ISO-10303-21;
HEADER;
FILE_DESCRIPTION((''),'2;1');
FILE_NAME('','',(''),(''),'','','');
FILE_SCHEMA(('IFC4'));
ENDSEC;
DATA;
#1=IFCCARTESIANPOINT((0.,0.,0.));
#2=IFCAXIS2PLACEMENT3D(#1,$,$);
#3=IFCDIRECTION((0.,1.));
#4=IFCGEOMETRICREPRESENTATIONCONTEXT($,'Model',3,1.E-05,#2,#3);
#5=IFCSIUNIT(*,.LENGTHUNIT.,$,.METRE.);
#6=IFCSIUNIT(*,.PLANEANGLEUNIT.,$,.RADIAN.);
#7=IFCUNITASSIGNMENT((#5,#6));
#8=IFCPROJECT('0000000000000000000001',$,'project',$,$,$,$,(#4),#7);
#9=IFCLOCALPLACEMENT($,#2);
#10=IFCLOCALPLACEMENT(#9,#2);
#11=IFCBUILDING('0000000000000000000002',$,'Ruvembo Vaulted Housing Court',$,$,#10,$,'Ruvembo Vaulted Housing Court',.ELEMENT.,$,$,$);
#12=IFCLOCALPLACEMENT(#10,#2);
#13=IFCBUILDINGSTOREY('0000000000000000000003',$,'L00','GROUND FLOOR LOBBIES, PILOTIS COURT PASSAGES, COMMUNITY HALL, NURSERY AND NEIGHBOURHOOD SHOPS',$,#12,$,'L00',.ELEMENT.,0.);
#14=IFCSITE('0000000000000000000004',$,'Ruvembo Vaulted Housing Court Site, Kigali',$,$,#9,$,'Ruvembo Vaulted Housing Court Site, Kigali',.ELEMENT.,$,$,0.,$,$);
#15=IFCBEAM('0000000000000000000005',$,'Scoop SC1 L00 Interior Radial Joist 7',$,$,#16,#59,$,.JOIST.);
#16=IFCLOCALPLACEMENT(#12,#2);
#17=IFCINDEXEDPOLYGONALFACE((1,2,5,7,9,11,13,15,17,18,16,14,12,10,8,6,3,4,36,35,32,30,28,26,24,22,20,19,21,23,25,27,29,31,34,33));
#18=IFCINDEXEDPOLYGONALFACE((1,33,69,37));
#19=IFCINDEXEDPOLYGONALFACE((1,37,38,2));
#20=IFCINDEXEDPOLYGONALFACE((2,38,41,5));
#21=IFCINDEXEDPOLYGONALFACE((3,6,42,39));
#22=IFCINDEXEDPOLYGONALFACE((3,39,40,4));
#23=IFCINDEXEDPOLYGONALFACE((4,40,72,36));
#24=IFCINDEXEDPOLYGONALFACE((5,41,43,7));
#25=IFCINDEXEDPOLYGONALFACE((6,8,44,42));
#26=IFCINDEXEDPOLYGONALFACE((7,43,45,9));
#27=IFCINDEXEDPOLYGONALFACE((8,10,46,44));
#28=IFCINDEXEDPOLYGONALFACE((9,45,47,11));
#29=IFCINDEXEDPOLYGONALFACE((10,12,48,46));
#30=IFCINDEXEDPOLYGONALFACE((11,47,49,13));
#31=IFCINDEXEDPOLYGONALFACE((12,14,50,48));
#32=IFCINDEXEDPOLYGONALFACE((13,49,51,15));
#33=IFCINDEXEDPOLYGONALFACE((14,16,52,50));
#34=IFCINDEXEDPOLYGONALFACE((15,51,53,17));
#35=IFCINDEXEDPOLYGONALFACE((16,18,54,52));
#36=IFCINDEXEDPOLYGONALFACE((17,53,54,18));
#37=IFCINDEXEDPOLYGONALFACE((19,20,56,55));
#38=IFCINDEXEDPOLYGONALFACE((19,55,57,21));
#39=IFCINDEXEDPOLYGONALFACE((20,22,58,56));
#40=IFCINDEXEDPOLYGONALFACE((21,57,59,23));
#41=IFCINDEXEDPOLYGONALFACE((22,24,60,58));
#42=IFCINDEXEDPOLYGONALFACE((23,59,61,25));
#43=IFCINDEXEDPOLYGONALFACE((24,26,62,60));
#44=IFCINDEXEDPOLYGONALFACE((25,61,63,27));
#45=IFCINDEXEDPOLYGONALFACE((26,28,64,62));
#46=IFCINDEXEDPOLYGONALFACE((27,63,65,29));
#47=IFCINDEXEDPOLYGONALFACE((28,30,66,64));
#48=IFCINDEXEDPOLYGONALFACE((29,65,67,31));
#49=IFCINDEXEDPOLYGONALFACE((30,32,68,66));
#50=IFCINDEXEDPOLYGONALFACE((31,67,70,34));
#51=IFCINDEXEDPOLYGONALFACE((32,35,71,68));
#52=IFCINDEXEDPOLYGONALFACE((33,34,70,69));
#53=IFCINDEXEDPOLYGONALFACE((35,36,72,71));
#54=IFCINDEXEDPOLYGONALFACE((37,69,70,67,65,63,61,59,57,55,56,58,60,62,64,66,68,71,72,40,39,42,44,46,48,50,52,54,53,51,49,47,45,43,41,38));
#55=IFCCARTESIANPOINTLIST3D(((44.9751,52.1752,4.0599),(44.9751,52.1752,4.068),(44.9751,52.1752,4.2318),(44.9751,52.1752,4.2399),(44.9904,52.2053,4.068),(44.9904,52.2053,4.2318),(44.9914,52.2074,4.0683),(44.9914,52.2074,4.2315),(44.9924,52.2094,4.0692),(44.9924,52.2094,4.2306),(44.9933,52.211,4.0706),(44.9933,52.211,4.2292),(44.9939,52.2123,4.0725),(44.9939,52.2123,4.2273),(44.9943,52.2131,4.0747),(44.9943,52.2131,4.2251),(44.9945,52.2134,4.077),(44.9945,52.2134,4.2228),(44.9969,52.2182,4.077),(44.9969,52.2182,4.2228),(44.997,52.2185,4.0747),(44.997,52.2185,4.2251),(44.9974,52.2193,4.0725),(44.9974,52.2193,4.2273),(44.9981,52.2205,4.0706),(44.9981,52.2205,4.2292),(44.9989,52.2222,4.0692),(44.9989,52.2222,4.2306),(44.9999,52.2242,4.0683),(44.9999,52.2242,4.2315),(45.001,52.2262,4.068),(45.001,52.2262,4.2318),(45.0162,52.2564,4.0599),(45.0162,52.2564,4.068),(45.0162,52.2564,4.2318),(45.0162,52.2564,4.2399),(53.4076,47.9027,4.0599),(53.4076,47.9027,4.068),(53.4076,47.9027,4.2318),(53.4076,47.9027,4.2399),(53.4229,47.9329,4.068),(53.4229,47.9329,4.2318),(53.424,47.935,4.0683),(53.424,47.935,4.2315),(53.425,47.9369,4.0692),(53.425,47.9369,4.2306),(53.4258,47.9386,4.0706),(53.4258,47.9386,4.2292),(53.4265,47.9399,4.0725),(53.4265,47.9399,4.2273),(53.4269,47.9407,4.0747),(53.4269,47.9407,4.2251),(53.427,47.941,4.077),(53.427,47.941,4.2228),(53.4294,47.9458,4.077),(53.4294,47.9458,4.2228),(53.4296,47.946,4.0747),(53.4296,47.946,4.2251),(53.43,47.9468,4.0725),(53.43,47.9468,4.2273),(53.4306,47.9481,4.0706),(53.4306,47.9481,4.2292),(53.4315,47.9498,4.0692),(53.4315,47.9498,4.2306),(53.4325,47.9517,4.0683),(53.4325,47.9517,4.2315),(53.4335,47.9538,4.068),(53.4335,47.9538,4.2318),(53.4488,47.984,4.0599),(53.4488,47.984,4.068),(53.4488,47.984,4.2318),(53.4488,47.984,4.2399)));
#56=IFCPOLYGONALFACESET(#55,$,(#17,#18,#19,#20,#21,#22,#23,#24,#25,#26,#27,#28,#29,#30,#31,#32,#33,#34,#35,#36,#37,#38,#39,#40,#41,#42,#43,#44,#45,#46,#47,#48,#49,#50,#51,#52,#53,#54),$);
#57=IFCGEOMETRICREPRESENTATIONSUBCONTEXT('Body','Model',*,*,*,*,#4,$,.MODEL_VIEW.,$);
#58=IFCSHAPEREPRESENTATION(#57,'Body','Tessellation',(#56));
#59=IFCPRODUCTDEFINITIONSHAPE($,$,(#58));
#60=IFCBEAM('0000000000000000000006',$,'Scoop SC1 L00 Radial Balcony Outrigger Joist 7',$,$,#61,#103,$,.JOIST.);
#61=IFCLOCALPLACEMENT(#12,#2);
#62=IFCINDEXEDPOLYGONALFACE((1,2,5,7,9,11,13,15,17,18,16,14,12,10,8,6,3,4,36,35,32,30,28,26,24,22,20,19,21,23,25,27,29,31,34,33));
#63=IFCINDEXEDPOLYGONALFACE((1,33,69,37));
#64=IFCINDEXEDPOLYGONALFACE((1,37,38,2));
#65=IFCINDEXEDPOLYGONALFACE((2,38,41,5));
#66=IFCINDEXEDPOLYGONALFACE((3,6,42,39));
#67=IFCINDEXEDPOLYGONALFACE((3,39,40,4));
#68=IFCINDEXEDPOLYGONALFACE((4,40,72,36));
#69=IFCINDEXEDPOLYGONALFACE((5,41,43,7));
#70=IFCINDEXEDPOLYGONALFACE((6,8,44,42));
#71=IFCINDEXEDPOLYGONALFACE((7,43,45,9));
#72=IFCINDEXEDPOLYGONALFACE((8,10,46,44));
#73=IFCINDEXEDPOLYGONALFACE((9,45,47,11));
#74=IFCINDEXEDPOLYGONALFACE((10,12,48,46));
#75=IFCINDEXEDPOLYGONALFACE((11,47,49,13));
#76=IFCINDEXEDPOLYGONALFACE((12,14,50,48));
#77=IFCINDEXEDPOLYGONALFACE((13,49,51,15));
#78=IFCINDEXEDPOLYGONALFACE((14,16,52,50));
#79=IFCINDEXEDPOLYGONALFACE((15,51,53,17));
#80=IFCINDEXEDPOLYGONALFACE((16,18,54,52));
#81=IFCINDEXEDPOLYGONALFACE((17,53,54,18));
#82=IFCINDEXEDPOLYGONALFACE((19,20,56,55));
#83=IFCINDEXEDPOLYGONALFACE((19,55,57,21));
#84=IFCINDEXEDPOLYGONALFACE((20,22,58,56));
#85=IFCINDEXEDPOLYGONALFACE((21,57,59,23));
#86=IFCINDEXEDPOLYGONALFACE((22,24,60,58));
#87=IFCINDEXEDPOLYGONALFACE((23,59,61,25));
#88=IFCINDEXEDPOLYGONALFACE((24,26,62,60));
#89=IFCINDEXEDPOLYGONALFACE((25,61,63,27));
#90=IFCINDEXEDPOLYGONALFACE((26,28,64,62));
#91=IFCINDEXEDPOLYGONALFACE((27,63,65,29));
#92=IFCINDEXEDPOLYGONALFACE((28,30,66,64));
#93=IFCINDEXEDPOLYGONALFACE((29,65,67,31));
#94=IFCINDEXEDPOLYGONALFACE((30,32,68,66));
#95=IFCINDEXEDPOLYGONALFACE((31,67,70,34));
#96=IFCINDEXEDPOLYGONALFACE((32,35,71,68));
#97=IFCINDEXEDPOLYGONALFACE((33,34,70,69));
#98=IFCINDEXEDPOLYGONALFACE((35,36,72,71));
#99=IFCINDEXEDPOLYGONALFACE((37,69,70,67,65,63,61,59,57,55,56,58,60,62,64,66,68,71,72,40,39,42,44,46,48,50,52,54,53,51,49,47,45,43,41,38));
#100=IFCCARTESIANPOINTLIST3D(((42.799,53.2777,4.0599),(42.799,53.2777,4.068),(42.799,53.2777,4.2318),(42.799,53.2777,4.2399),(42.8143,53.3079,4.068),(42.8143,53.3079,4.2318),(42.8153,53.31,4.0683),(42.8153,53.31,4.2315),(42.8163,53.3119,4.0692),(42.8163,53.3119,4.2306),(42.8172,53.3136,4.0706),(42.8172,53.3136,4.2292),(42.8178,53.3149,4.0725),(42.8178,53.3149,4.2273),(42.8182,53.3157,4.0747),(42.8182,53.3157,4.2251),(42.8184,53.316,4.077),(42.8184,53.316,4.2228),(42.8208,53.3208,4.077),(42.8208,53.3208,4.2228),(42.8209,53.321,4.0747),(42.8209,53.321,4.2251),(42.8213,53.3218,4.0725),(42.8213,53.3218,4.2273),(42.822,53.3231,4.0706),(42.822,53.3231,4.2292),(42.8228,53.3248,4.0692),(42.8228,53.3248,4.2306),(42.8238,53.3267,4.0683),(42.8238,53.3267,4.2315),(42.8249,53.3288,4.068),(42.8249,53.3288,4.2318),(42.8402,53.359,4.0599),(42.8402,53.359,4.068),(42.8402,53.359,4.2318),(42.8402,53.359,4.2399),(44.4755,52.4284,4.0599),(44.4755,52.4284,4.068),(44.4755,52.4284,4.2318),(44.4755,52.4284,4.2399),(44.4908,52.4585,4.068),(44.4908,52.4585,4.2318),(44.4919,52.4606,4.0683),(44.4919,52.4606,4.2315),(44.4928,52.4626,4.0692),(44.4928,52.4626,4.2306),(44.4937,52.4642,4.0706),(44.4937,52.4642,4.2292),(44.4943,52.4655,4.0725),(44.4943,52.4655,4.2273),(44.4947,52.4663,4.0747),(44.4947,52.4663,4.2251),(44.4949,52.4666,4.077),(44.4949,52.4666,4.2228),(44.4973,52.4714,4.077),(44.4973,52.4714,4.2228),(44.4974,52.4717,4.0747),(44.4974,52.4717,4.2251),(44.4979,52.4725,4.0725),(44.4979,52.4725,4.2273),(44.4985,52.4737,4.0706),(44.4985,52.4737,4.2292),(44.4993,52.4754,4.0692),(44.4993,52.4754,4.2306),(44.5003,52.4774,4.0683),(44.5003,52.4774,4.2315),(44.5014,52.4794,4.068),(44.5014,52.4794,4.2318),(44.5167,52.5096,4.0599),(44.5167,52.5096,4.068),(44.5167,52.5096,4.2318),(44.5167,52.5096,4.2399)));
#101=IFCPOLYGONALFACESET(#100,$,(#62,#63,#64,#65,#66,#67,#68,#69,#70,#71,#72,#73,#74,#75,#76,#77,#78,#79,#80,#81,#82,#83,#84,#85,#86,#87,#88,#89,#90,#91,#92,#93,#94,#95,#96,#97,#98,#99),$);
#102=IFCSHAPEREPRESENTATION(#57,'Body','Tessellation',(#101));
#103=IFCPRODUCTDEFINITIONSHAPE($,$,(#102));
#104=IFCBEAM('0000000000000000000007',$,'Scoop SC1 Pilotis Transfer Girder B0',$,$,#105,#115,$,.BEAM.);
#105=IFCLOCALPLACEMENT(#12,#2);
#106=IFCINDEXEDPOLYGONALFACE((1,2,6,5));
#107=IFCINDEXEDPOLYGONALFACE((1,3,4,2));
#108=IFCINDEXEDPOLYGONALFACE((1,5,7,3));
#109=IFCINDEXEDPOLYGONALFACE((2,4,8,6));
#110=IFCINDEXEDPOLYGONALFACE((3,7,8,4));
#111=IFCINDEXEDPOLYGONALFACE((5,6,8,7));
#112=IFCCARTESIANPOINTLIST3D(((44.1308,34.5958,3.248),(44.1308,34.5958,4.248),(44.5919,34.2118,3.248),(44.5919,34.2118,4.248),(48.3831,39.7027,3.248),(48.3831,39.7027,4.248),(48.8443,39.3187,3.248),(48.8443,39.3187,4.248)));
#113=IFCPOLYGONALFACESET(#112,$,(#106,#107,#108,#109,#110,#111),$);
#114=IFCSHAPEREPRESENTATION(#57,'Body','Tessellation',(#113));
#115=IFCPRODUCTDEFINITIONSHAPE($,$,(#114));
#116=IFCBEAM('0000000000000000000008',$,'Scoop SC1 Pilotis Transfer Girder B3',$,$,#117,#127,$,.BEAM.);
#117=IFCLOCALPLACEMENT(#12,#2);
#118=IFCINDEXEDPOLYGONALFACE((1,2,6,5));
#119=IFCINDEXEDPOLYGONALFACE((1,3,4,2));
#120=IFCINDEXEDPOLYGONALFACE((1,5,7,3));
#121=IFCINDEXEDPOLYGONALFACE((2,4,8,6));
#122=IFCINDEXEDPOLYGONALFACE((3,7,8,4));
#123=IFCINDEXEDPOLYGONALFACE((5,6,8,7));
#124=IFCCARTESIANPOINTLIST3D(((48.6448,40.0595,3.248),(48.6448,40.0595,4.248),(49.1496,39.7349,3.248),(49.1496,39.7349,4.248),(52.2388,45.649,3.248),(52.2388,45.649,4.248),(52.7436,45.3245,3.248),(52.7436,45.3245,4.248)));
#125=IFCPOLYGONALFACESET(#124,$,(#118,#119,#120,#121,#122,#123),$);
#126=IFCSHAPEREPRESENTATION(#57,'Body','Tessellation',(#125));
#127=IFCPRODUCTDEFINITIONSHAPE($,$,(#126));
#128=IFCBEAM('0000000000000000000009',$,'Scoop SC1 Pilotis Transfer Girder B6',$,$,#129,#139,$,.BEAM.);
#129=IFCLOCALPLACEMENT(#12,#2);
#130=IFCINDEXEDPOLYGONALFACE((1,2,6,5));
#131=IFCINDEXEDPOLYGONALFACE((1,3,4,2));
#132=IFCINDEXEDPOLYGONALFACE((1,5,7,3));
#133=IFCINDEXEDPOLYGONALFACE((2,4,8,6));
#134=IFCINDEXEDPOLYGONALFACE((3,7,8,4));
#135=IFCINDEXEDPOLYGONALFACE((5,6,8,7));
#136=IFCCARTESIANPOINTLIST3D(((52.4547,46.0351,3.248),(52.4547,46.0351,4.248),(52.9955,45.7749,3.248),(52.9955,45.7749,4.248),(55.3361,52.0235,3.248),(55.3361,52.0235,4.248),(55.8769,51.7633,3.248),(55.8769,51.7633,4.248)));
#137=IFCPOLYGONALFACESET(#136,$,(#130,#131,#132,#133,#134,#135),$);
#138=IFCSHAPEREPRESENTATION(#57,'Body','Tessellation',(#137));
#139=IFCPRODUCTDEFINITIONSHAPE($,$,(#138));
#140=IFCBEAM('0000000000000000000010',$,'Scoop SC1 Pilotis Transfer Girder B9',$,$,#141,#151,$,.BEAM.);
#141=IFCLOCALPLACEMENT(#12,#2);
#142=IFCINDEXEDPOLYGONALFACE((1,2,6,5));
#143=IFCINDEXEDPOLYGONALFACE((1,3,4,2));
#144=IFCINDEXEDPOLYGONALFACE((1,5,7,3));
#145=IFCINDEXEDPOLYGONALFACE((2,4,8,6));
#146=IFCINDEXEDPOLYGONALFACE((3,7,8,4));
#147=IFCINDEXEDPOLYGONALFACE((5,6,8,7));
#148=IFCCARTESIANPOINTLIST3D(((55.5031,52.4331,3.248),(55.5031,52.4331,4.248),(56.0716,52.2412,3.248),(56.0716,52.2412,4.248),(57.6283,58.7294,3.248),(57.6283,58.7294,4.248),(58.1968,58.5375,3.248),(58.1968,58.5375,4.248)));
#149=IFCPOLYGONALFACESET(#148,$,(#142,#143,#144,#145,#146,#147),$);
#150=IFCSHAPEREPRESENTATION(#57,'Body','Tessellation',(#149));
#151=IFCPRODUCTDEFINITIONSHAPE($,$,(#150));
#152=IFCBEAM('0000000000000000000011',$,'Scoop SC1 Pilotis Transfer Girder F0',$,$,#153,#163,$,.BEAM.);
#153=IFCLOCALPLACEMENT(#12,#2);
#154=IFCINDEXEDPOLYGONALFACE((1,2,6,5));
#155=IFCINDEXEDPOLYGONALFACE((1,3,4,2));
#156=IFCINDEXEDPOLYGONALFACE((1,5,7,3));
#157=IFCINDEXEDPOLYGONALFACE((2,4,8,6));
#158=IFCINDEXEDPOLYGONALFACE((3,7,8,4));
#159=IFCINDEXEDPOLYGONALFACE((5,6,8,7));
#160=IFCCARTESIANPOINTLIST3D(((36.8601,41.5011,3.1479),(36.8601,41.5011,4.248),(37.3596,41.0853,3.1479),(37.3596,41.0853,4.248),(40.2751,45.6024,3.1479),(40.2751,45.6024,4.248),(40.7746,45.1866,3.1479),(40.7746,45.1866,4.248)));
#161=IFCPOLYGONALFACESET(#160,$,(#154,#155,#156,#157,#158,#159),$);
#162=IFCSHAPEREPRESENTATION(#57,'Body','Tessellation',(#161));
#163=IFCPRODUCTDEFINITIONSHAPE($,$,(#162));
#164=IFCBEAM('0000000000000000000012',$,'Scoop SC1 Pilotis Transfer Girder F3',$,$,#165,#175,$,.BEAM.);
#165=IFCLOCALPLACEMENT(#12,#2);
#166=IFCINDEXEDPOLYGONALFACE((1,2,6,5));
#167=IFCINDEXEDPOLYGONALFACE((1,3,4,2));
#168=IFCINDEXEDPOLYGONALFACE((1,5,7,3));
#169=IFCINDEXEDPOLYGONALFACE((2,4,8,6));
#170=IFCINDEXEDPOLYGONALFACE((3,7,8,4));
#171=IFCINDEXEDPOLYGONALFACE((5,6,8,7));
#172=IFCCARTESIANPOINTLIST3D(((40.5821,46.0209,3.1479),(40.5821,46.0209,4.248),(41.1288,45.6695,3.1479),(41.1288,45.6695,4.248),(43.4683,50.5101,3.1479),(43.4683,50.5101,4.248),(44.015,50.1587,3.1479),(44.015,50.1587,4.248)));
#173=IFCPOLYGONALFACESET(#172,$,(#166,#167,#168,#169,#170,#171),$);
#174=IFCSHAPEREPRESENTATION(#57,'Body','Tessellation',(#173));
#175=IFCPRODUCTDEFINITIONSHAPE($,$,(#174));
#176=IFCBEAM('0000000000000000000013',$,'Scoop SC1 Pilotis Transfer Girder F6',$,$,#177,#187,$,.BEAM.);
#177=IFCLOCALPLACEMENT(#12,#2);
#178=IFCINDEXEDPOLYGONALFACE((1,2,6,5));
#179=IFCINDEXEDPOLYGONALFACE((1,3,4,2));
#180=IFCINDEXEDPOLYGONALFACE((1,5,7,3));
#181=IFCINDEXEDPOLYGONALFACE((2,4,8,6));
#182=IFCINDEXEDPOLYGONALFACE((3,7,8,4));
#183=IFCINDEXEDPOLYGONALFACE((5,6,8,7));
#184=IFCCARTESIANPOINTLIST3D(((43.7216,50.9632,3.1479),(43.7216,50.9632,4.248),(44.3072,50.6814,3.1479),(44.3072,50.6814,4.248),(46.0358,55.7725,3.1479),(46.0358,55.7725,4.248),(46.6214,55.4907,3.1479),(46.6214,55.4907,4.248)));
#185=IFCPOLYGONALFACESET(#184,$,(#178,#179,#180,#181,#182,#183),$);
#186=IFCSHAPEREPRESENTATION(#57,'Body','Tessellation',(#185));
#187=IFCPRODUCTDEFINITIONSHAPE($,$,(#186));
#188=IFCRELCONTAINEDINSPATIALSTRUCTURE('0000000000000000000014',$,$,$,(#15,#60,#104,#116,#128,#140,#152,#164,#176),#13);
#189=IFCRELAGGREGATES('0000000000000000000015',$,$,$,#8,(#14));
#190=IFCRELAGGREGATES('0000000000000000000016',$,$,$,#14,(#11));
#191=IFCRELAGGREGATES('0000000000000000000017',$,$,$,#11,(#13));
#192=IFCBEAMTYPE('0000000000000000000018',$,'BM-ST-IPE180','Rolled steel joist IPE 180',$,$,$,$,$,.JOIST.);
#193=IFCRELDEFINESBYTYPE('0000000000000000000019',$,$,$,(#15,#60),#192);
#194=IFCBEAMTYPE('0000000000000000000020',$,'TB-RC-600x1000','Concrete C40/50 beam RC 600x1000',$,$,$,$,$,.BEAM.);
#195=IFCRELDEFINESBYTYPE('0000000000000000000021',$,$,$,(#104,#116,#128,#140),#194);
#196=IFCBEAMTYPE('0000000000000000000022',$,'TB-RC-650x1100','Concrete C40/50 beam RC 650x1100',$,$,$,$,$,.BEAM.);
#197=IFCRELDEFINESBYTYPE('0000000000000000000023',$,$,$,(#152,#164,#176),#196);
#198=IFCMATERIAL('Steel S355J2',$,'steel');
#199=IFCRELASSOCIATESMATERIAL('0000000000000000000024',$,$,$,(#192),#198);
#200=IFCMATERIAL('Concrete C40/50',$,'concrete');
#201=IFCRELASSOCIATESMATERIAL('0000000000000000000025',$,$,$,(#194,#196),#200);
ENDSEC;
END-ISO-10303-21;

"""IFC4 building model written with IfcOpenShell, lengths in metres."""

from ifc_helpers import new_model, si_unit, direction, frame, origin, origin_2d, place, context, subcontext, project, spatial, rectangle, i_section, extrude, material, material_profile, profile_set, type_object, element, save


model = new_model("IFC4")

# Units and contexts
model_context = context("Model", 3, precision=1e-05, world=origin(), true_north=direction((0.0, 1.0)))
body_context = subcontext(model_context, "Body", "Model", "MODEL_VIEW")
ifc_project = project(units=[si_unit("LENGTHUNIT", "METRE"), si_unit("PLANEANGLEUNIT", "RADIAN")], contexts=[model_context])

# Site, building, storey
site_placement = place(None, origin())
site = spatial("IfcSite", under=ifc_project, at=site_placement, Name="Ruvembo Vaulted Housing Court Site, Kigali", LongName="Ruvembo Vaulted Housing Court Site, Kigali", CompositionType="ELEMENT", RefElevation=0.0)
building_placement = place(site_placement, origin())
building = spatial("IfcBuilding", under=site, at=building_placement, Name="Ruvembo Vaulted Housing Court", LongName="Ruvembo Vaulted Housing Court", CompositionType="ELEMENT")
storey_placement = place(building_placement, origin())
storey = spatial("IfcBuildingStorey", under=building, at=storey_placement, Name="L00", Description="GROUND FLOOR LOBBIES, PILOTIS COURT PASSAGES, COMMUNITY HALL, NURSERY AND NEIGHBOURHOOD SHOPS", LongName="L00", CompositionType="ELEMENT", Elevation=0.0)

# Shared definitions
ifc_material_1 = material(Name="Concrete C40/50", Category="concrete")

# Beams
ifc_material_2 = material(Name="Steel S355J2", Category="steel")
ifc_material_profile_1 = material_profile(ifc_material_2, i_section(OverallWidth=0.0911, OverallDepth=0.1799, WebThickness=0.0054, FlangeThickness=0.0081, FilletRadius=0.009, at=origin_2d()), Name="IPE 180")
ifc_profile_set_1 = profile_set([ifc_material_profile_1], Name="Steel S355J2")
beam_type_1 = type_object("IfcBeamType", Name="BM-ST-IPE180", Description="Rolled steel joist IPE 180", PredefinedType="JOIST", material=ifc_profile_set_1)
beam_1_placement = place(storey_placement, frame((53.4282, 47.9434, 4.1499), z_axis=(-0.892039, 0.451959, 0.0), x_axis=(-0.451959, -0.892039, 0.0)))
element("IfcBeam", 1, at=beam_1_placement, inside=storey, type_object=beam_type_1, Name="Scoop SC1 L00 Interior Radial Joist 7", PredefinedType="JOIST", context=body_context, shape_type="SweptSolid", body=[
    extrude(i_section(OverallWidth=0.0911, OverallDepth=0.1799, WebThickness=0.0054, FlangeThickness=0.0081, FilletRadius=0.009, at=origin_2d()), origin(), (0.0, 0.0, 1.0), 9.4531),
])
beam_2_placement = place(storey_placement, frame((44.4961, 52.469, 4.1499), z_axis=(-0.89205, 0.451936, 0.0), x_axis=(-0.451936, -0.89205, 0.0)))
element("IfcBeam", 2, at=beam_2_placement, inside=storey, type_object=beam_type_1, Name="Scoop SC1 L00 Radial Balcony Outrigger Joist 7", PredefinedType="JOIST", context=body_context, shape_type="SweptSolid", body=[
    extrude(i_section(OverallWidth=0.0911, OverallDepth=0.1799, WebThickness=0.0054, FlangeThickness=0.0081, FilletRadius=0.009, at=origin_2d()), origin(), (0.0, 0.0, 1.0), 1.8794),
])
ifc_material_profile_2 = material_profile(ifc_material_1, rectangle(XDim=0.6001, YDim=1.0, at=origin_2d()), Name="RC 600x1000")
ifc_profile_set_2 = profile_set([ifc_material_profile_2], Name="Concrete C40/50")
beam_type_2 = type_object("IfcBeamType", Name="TB-RC-600x1000", Description="Concrete C40/50 beam RC 600x1000", PredefinedType="BEAM", material=ifc_profile_set_2)
beam_3_placement = place(storey_placement, frame((44.3613, 34.4038, 3.748), z_axis=(0.639888, 0.768468, 0.0), x_axis=(-0.768468, 0.639888, 0.0)))
element("IfcBeam", 3, at=beam_3_placement, inside=storey, type_object=beam_type_2, Name="Scoop SC1 Pilotis Transfer Girder B0", PredefinedType="BEAM", context=body_context, shape_type="SweptSolid", body=[
    extrude(rectangle(XDim=0.6001, YDim=1.0, at=origin_2d()), origin(), (0.0, 0.0, 1.0), 6.6455),
])
beam_4_placement = place(storey_placement, frame((48.8972, 39.8972, 3.748), z_axis=(0.54083, 0.841132, 0.0), x_axis=(-0.841132, 0.54083, 0.0)))
element("IfcBeam", 4, at=beam_4_placement, inside=storey, type_object=beam_type_2, Name="Scoop SC1 Pilotis Transfer Girder B3", PredefinedType="BEAM", context=body_context, shape_type="SweptSolid", body=[
    extrude(rectangle(XDim=0.6001, YDim=1.0, at=origin_2d()), origin(), (0.0, 0.0, 1.0), 6.6453),
])
beam_5_placement = place(storey_placement, frame((52.7251, 45.905, 3.748), z_axis=(0.433584, 0.901113, 0.0), x_axis=(-0.901113, 0.433584, 0.0)))
element("IfcBeam", 5, at=beam_5_placement, inside=storey, type_object=beam_type_2, Name="Scoop SC1 Pilotis Transfer Girder B6", PredefinedType="BEAM", context=body_context, shape_type="SweptSolid", body=[
    extrude(rectangle(XDim=0.6001, YDim=1.0, at=origin_2d()), origin(), (0.0, 0.0, 1.0), 6.6455),
])
beam_6_placement = place(storey_placement, frame((55.7874, 52.3372, 3.748), z_axis=(0.319808, 0.947483, 0.0), x_axis=(-0.947483, 0.319808, 0.0)))
element("IfcBeam", 6, at=beam_6_placement, inside=storey, type_object=beam_type_2, Name="Scoop SC1 Pilotis Transfer Girder B9", PredefinedType="BEAM", context=body_context, shape_type="SweptSolid", body=[
    extrude(rectangle(XDim=0.6001, YDim=1.0, at=origin_2d()), origin(), (0.0, 0.0, 1.0), 6.6453),
])
ifc_material_profile_3 = material_profile(ifc_material_1, rectangle(XDim=0.6499, YDim=1.1001, at=origin_2d()), Name="RC 650x1100")
ifc_profile_set_3 = profile_set([ifc_material_profile_3], Name="Concrete C40/50")
beam_type_3 = type_object("IfcBeamType", Name="TB-RC-650x1100", Description="Concrete C40/50 beam RC 650x1100", PredefinedType="BEAM", material=ifc_profile_set_3)
for number, where, z_axis, x_axis, name in (
    (7, (37.1099, 41.2932, 3.698), (0.639883, 0.768472, 0.0), (-0.768472, 0.639883, 0.0), "Scoop SC1 Pilotis Transfer Girder F0"),
    (8, (40.8555, 45.8452, 3.698), (0.540795, 0.841155, 0.0), (-0.841155, 0.540795, 0.0), "Scoop SC1 Pilotis Transfer Girder F3"),
):
    element("IfcBeam", number, at=place(storey_placement, frame(where, z_axis=z_axis, x_axis=x_axis)), inside=storey, type_object=beam_type_3, Name=name, PredefinedType="BEAM", context=body_context, shape_type="SweptSolid", body=[
        extrude(rectangle(XDim=0.6499, YDim=1.1001, at=origin_2d()), origin(), (0.0, 0.0, 1.0), 5.3369),
    ])
beam_7_placement = place(storey_placement, frame((44.0144, 50.8223, 3.698), z_axis=(0.433604, 0.901104, 0.0), x_axis=(-0.901104, 0.433604, 0.0)))
element("IfcBeam", 9, at=beam_7_placement, inside=storey, type_object=beam_type_3, Name="Scoop SC1 Pilotis Transfer Girder F6", PredefinedType="BEAM", context=body_context, shape_type="SweptSolid", body=[
    extrude(rectangle(XDim=0.6499, YDim=1.1001, at=origin_2d()), origin(), (0.0, 0.0, 1.0), 5.3372),
])

save(model, "model.ifc")
